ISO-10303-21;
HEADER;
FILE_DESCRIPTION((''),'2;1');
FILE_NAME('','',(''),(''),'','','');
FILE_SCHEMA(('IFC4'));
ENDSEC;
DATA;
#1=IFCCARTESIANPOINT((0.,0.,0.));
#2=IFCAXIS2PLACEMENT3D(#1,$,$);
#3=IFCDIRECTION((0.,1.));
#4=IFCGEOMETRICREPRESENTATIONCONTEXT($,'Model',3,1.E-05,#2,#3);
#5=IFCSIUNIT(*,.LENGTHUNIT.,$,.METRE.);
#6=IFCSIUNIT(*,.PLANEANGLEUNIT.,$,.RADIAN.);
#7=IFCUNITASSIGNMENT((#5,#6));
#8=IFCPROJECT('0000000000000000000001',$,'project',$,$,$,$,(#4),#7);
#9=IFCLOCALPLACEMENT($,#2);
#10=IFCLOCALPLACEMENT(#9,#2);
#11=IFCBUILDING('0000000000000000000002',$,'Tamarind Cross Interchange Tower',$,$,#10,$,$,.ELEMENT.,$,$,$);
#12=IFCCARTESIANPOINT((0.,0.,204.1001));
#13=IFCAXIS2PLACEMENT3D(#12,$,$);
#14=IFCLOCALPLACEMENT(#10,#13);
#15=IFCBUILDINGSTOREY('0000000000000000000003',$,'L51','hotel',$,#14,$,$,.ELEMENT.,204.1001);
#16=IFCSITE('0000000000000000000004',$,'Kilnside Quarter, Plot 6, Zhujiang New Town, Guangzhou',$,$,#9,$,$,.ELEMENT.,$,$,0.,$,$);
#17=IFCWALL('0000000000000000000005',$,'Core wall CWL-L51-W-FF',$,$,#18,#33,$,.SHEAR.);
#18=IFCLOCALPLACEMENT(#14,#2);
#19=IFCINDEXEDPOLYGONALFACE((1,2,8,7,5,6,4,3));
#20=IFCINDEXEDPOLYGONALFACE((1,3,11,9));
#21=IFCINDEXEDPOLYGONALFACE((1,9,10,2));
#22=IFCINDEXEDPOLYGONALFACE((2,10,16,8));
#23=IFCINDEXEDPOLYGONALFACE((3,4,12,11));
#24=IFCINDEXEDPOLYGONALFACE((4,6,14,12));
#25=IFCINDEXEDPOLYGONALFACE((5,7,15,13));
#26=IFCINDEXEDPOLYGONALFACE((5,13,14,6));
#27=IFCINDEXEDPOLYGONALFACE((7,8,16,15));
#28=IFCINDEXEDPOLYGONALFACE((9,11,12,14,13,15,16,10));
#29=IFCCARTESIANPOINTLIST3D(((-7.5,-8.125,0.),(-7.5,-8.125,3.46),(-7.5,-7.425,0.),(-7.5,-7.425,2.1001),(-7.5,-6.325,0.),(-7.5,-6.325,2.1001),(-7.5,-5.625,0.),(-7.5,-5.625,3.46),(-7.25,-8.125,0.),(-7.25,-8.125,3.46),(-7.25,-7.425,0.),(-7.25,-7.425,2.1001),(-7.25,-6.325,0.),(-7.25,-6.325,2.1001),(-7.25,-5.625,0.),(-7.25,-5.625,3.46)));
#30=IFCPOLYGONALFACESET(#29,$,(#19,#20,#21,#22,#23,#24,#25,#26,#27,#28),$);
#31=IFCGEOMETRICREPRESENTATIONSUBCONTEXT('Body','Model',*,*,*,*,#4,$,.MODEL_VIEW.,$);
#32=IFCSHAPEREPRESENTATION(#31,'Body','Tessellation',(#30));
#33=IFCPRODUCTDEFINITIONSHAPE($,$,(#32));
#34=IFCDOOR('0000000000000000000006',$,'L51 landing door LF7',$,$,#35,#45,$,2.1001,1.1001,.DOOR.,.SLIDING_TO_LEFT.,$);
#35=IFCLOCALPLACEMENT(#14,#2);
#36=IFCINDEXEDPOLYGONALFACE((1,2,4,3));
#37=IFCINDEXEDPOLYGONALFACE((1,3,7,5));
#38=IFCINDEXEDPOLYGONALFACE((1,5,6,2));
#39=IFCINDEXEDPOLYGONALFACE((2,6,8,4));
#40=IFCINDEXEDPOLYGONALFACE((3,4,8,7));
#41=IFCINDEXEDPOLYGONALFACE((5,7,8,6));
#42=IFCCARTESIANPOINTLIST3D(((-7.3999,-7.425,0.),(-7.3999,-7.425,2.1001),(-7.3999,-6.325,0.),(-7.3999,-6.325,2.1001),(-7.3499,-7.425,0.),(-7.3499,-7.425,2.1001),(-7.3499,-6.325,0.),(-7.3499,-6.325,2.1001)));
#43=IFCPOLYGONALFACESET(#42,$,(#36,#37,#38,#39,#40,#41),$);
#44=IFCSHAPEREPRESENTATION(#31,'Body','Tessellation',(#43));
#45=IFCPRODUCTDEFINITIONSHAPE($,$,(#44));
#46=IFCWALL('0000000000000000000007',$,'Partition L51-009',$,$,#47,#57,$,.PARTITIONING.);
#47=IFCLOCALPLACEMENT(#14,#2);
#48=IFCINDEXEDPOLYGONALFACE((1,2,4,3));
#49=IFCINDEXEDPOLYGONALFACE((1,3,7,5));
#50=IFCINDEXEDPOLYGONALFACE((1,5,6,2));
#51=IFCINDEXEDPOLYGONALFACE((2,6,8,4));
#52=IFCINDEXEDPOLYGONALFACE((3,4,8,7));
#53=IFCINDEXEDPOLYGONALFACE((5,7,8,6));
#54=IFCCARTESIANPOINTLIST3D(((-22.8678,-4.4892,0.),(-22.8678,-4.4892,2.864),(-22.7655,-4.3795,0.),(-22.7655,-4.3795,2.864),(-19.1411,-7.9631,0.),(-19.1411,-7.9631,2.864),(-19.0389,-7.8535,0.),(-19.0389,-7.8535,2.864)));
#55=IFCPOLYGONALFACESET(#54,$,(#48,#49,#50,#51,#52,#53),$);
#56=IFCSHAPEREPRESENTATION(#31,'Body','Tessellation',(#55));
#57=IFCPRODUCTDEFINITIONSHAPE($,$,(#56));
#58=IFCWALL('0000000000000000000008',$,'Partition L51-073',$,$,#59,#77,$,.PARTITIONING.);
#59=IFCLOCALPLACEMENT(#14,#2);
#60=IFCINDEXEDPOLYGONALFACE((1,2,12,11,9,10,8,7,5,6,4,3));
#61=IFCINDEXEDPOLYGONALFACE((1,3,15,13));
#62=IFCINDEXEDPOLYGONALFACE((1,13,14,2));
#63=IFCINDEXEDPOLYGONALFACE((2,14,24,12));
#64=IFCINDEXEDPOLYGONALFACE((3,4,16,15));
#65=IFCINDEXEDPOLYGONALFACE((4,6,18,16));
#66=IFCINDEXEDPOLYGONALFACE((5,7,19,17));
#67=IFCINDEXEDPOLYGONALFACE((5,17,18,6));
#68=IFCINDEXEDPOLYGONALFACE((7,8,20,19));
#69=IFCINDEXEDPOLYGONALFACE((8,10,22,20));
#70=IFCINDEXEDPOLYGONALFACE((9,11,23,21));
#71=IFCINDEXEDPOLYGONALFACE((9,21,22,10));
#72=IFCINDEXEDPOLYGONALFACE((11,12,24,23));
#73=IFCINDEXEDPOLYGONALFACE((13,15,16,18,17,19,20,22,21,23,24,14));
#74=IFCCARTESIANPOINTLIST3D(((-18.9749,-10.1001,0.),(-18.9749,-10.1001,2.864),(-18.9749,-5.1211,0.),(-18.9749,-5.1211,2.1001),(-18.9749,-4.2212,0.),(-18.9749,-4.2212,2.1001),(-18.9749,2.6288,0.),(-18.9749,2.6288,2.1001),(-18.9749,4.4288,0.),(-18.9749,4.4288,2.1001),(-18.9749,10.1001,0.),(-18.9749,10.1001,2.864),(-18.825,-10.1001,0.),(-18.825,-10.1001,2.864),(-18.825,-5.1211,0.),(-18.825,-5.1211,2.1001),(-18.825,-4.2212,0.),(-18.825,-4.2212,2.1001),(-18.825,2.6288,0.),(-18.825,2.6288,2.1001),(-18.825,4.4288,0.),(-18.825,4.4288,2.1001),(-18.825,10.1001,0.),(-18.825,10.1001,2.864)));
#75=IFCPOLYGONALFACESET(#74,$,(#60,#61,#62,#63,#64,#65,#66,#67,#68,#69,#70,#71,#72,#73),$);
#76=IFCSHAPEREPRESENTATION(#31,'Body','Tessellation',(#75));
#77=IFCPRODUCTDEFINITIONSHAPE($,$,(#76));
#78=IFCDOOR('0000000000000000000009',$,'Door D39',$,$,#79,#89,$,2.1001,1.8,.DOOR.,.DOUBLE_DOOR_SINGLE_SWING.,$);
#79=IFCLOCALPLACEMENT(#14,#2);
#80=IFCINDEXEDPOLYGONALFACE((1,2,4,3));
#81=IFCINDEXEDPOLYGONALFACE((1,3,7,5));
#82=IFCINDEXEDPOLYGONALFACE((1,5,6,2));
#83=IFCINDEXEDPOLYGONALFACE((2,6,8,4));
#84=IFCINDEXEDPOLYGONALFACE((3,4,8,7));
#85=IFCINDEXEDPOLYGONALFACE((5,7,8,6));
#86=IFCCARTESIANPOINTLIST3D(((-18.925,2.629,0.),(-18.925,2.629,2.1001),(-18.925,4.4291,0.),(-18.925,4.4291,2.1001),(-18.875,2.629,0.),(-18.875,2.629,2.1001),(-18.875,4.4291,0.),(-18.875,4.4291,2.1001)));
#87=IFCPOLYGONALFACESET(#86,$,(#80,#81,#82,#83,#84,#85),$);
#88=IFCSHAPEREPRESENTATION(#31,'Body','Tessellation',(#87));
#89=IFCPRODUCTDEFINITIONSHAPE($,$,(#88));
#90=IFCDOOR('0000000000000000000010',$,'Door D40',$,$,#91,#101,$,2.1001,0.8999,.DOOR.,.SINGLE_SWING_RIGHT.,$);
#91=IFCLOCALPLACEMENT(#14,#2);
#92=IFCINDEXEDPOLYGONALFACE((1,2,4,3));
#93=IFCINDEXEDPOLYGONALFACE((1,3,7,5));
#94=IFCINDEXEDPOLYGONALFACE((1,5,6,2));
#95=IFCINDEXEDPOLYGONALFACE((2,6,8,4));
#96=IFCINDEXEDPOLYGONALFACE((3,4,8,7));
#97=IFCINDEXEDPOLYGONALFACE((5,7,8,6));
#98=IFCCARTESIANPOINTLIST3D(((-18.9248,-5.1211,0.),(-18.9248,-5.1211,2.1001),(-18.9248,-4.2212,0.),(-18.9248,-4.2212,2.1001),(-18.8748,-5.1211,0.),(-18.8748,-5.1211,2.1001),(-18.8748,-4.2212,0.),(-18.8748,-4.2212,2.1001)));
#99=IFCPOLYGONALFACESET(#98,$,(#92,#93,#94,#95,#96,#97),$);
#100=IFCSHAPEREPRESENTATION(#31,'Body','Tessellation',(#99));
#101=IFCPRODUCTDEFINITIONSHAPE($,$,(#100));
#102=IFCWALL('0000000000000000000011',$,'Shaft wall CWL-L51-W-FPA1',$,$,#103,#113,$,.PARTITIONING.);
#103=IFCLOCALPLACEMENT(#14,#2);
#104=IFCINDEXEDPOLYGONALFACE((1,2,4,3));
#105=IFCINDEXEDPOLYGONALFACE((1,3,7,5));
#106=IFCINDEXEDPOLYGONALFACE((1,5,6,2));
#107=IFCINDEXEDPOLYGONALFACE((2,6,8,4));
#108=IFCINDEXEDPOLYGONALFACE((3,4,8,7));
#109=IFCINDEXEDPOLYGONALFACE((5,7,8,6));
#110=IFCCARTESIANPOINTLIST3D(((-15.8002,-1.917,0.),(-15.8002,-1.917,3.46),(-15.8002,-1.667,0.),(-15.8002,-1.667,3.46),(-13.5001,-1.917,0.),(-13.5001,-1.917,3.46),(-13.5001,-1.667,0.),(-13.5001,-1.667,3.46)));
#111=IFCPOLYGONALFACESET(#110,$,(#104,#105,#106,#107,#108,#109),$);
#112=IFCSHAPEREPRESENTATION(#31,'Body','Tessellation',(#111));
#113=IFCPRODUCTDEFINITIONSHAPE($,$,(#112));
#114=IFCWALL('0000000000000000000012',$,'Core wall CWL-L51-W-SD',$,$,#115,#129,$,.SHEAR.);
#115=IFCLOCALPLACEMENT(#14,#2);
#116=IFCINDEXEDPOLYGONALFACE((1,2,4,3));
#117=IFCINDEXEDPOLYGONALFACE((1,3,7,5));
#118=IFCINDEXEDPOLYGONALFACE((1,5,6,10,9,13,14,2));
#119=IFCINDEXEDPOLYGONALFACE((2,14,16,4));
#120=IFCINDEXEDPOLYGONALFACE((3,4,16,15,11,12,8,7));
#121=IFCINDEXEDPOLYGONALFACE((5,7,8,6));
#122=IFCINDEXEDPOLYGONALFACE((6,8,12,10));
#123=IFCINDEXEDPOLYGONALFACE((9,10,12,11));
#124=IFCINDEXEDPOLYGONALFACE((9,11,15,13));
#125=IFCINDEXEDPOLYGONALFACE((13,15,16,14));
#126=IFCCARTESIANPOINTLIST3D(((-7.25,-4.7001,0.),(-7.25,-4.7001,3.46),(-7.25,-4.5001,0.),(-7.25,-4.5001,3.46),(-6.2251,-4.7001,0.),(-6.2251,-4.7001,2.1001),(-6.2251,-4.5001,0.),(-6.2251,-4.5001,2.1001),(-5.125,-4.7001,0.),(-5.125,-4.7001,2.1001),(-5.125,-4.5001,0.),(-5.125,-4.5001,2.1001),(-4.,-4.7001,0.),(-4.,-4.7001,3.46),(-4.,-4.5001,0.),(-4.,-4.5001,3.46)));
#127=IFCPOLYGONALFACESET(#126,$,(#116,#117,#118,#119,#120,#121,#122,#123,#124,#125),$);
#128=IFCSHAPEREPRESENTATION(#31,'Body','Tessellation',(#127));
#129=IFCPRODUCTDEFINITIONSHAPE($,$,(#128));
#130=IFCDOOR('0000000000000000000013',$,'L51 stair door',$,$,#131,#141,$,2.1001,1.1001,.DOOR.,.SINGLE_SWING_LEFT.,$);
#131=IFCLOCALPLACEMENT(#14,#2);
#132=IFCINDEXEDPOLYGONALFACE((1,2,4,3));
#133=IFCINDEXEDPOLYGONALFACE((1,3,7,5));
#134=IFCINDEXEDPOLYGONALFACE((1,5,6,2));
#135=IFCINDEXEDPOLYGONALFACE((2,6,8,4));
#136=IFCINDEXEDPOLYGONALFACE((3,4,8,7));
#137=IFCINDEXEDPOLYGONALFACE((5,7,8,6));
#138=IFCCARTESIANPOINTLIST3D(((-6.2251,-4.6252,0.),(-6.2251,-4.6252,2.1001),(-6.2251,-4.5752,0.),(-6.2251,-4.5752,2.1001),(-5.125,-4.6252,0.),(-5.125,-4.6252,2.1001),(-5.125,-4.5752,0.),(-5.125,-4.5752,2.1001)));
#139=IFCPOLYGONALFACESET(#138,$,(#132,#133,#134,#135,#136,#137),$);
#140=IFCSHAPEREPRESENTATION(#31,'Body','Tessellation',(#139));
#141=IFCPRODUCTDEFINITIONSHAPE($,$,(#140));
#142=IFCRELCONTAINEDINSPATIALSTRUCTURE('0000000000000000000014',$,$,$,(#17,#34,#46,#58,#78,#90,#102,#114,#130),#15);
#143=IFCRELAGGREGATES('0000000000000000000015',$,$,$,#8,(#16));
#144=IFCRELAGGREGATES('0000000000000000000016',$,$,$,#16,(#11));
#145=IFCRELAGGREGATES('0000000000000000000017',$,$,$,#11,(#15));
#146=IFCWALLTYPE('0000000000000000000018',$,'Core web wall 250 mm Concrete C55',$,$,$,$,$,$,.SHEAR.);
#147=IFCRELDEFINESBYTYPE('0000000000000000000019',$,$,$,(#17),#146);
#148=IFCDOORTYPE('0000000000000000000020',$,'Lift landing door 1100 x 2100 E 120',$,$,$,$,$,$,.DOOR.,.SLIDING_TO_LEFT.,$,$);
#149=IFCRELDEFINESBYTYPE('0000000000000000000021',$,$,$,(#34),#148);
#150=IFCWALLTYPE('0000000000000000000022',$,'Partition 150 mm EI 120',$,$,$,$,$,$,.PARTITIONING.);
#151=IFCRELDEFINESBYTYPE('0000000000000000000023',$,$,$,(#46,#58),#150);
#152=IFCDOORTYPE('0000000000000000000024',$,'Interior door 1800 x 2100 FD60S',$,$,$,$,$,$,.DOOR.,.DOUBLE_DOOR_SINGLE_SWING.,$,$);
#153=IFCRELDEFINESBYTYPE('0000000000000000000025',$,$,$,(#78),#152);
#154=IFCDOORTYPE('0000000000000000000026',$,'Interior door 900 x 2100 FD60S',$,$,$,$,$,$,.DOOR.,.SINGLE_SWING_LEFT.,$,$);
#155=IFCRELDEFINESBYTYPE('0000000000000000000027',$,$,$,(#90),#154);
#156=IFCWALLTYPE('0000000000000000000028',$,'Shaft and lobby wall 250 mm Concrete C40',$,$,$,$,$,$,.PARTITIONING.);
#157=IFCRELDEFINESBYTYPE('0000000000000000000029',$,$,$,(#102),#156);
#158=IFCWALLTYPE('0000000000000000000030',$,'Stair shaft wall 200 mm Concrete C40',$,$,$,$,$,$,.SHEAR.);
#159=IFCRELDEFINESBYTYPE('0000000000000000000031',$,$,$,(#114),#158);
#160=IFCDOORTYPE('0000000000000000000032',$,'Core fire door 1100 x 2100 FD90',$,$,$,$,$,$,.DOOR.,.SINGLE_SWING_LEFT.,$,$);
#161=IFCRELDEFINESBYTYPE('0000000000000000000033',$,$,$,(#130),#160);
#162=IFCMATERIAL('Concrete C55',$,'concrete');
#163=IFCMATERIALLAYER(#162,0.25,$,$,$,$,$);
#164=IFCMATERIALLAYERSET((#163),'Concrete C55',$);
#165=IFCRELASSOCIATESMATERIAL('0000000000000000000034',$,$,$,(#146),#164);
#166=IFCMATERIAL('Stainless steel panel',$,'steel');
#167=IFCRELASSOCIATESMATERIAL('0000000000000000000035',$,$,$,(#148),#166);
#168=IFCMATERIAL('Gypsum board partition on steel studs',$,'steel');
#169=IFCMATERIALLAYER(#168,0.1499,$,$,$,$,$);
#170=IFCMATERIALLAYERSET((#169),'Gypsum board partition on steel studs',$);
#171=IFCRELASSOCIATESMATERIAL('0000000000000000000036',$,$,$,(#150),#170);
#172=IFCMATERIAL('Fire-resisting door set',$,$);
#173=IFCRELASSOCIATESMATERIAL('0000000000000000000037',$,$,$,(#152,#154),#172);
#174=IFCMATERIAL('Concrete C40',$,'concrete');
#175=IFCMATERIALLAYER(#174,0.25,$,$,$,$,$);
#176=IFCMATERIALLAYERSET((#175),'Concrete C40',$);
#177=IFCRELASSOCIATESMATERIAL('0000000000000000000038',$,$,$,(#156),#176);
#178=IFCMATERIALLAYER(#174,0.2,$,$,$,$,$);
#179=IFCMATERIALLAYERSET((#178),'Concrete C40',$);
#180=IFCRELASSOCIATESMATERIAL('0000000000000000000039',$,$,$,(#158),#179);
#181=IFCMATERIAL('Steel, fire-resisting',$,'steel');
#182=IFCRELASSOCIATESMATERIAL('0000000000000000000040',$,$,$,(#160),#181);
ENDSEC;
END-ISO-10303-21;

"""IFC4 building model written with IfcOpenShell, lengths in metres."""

from ifc_helpers import new_model, si_unit, direction, frame, frame_2d, origin, place, context, subcontext, project, spatial, rectangle, extrude, material, layer, layer_set, type_object, element, fill, save


model = new_model("IFC4")

# Units and contexts
model_context = context("Model", 3, precision=1e-05, world=origin(), true_north=direction((0.0, 1.0)))
body_context = subcontext(model_context, "Body", "Model", "MODEL_VIEW")
ifc_project = project(units=[si_unit("LENGTHUNIT", "METRE"), si_unit("PLANEANGLEUNIT", "RADIAN")], contexts=[model_context])

# Site, building, storey
site_placement = place(None, origin())
site = spatial("IfcSite", under=ifc_project, at=site_placement, Name="Kilnside Quarter, Plot 6, Zhujiang New Town, Guangzhou", CompositionType="ELEMENT", RefElevation=0.0)
building_placement = place(site_placement, origin())
building = spatial("IfcBuilding", under=site, at=building_placement, Name="Tamarind Cross Interchange Tower", CompositionType="ELEMENT")
storey_placement = place(building_placement, frame((0.0, 0.0, 204.1001)))
storey = spatial("IfcBuildingStorey", under=building, at=storey_placement, Name="L51", Description="hotel", CompositionType="ELEMENT", Elevation=204.1001)

# Shared definitions
ifc_material_1 = material(Name="Concrete C55", Category="concrete")

# Shared definitions
ifc_material_2 = material(Name="Steel, fire-resisting", Category="steel")

# Shared definitions
ifc_layer_1 = layer(ifc_material_1, 0.25)
ifc_layer_set_1 = layer_set([ifc_layer_1], Name="Concrete C55")
wall_type_1 = type_object("IfcWallType", Name="Core web wall 250 mm Concrete C55", PredefinedType="SHEAR", material=ifc_layer_set_1)

# Shared definitions
ifc_material_3 = material(Name="Stainless steel panel", Category="steel")
door_type_1 = type_object("IfcDoorType", Name="Lift landing door 1100 x 2100 E 120", OperationType="SLIDING_TO_LEFT", PredefinedType="DOOR", material=ifc_material_3)

# Wall, opening, door
wall_1_placement = place(storey_placement, frame((-7.375, -8.125, 0.0), z_axis=(0.0, 0.0, 1.0), x_axis=(0.0, 1.0, 0.0)))
wall_1 = element("IfcWall", 1, at=wall_1_placement, inside=storey, type_object=wall_type_1, Name="Core wall CWL-L51-W-FF", PredefinedType="SHEAR", context=body_context, shape_type="SweptSolid", body=[
    extrude(rectangle(XDim=2.5, YDim=0.25, at=frame_2d((1.25, 0.0))), origin(), (0.0, 0.0, 1.0), 3.46),
])
opening_1_placement = place(wall_1_placement, frame((0.7, 0.0, 0.0)))
opening_1 = element("IfcOpeningElement", 2, at=opening_1_placement, cuts=wall_1, PredefinedType="OPENING", context=body_context, shape_type="SweptSolid", body=[
    extrude(rectangle(XDim=1.1001, YDim=2.1001, at=frame_2d((0.55, 1.05))), frame((0.0, 0.135, 0.0), z_axis=(0.0, -1.0, 0.0), x_axis=(1.0, 0.0, 0.0)), (0.0, 0.0, 1.0), 0.27),
])
door_1_placement = place(opening_1_placement, origin())
door_1 = element("IfcDoor", 3, at=door_1_placement, inside=storey, type_object=door_type_1, Name="L51 landing door LF7", OperationType="SLIDING_TO_LEFT", OverallHeight=2.1001, OverallWidth=1.1001, PredefinedType="DOOR", context=body_context, shape_type="SweptSolid", body=[
    extrude(rectangle(XDim=1.1001, YDim=2.1001, at=frame_2d((0.55, 1.05))), frame((0.0, 0.0249, 0.0), z_axis=(0.0, -1.0, 0.0), x_axis=(1.0, 0.0, 0.0)), (0.0, 0.0, 1.0), 0.05),
])
fill(opening_1, door_1)

# Wall
ifc_material_4 = material(Name="Gypsum board partition on steel studs", Category="steel")
ifc_layer_2 = layer(ifc_material_4, 0.1499)
ifc_layer_set_2 = layer_set([ifc_layer_2], Name="Gypsum board partition on steel studs")
wall_type_2 = type_object("IfcWallType", Name="Partition 150 mm EI 120", PredefinedType="PARTITIONING", material=ifc_layer_set_2)
wall_2_placement = place(storey_placement, frame((-22.8167, -4.4343, 0.0), z_axis=(0.0, 0.0, 1.0), x_axis=(0.731471, -0.681872, 0.0)))
element("IfcWall", 4, at=wall_2_placement, inside=storey, type_object=wall_type_2, Name="Partition L51-009", PredefinedType="PARTITIONING", context=body_context, shape_type="SweptSolid", body=[
    extrude(rectangle(XDim=5.0947, YDim=0.1499, at=frame_2d((2.5474, 0.0))), origin(), (0.0, 0.0, 1.0), 2.864),
])

# Wall, openings, doors
wall_3_placement = place(storey_placement, frame((-18.8999, -10.1001, 0.0), z_axis=(0.0, 0.0, 1.0), x_axis=(0.0, 1.0, 0.0)))
wall_3 = element("IfcWall", 5, at=wall_3_placement, inside=storey, type_object=wall_type_2, Name="Partition L51-073", PredefinedType="PARTITIONING", context=body_context, shape_type="SweptSolid", body=[
    extrude(rectangle(XDim=20.2002, YDim=0.1499, at=frame_2d((10.1001, 0.0))), origin(), (0.0, 0.0, 1.0), 2.864),
])
opening_2_placement = place(wall_3_placement, frame((12.729, 0.0, 0.0)))
opening_2 = element("IfcOpeningElement", 6, at=opening_2_placement, cuts=wall_3, PredefinedType="OPENING", context=body_context, shape_type="SweptSolid", body=[
    extrude(rectangle(XDim=1.8, YDim=2.1001, at=frame_2d((0.8999, 1.05))), frame((0.0, 0.085, 0.0), z_axis=(0.0, -1.0, 0.0), x_axis=(1.0, 0.0, 0.0)), (0.0, 0.0, 1.0), 0.1699),
])
opening_3_placement = place(wall_3_placement, frame((4.979, 0.0, 0.0)))
opening_3 = element("IfcOpeningElement", 7, at=opening_3_placement, cuts=wall_3, PredefinedType="OPENING", context=body_context, shape_type="SweptSolid", body=[
    extrude(rectangle(XDim=0.8999, YDim=2.1001, at=frame_2d((0.45, 1.05))), frame((0.0, 0.085, 0.0), z_axis=(0.0, -1.0, 0.0), x_axis=(1.0, 0.0, 0.0)), (0.0, 0.0, 1.0), 0.1699),
])
ifc_material_5 = material(Name="Fire-resisting door set")
door_type_2 = type_object("IfcDoorType", Name="Interior door 1800 x 2100 FD60S", OperationType="DOUBLE_DOOR_SINGLE_SWING", PredefinedType="DOOR", material=ifc_material_5)
door_2_placement = place(opening_2_placement, frame((1.8, 0.0, 0.0), z_axis=(0.0, 0.0, 1.0), x_axis=(-1.0, 0.0, 0.0)))
door_2 = element("IfcDoor", 8, at=door_2_placement, inside=storey, type_object=door_type_2, Name="Door D39", OperationType="DOUBLE_DOOR_SINGLE_SWING", OverallHeight=2.1001, OverallWidth=1.8, PredefinedType="DOOR", context=body_context, shape_type="SweptSolid", body=[
    extrude(rectangle(XDim=1.8, YDim=2.1001, at=frame_2d((0.8999, 1.05))), frame((0.0, 0.0249, 0.0), z_axis=(0.0, -1.0, 0.0), x_axis=(1.0, 0.0, 0.0)), (0.0, 0.0, 1.0), 0.05),
])
fill(opening_2, door_2)
door_type_3 = type_object("IfcDoorType", Name="Interior door 900 x 2100 FD60S", OperationType="SINGLE_SWING_LEFT", PredefinedType="DOOR", material=ifc_material_5)
door_3_placement = place(opening_3_placement, origin())
door_3 = element("IfcDoor", 9, at=door_3_placement, inside=storey, type_object=door_type_3, Name="Door D40", OperationType="SINGLE_SWING_RIGHT", OverallHeight=2.1001, OverallWidth=0.8999, PredefinedType="DOOR", context=body_context, shape_type="SweptSolid", body=[
    extrude(rectangle(XDim=0.8999, YDim=2.1001, at=frame_2d((0.45, 1.05))), frame((0.0, 0.0249, 0.0), z_axis=(0.0, -1.0, 0.0), x_axis=(1.0, 0.0, 0.0)), (0.0, 0.0, 1.0), 0.05),
])
fill(opening_3, door_3)

# Wall
ifc_material_6 = material(Name="Concrete C40", Category="concrete")
ifc_layer_3 = layer(ifc_material_6, 0.25)
ifc_layer_set_3 = layer_set([ifc_layer_3], Name="Concrete C40")
wall_type_3 = type_object("IfcWallType", Name="Shaft and lobby wall 250 mm Concrete C40", PredefinedType="PARTITIONING", material=ifc_layer_set_3)
wall_4_placement = place(storey_placement, frame((-15.8, -1.792, 0.0), z_axis=(0.0, 0.0, 1.0), x_axis=(1.0, 0.0, 0.0)))
element("IfcWall", 10, at=wall_4_placement, inside=storey, type_object=wall_type_3, Name="Shaft wall CWL-L51-W-FPA1", PredefinedType="PARTITIONING", context=body_context, shape_type="SweptSolid", body=[
    extrude(rectangle(XDim=2.3, YDim=0.25, at=frame_2d((1.1499, 0.0))), origin(), (0.0, 0.0, 1.0), 3.46),
])

# Wall, opening, door
ifc_layer_4 = layer(ifc_material_6, 0.2)
ifc_layer_set_4 = layer_set([ifc_layer_4], Name="Concrete C40")
wall_type_4 = type_object("IfcWallType", Name="Stair shaft wall 200 mm Concrete C40", PredefinedType="SHEAR", material=ifc_layer_set_4)
wall_5_placement = place(storey_placement, frame((-7.25, -4.6001, 0.0), z_axis=(0.0, 0.0, 1.0), x_axis=(1.0, 0.0, 0.0)))
wall_5 = element("IfcWall", 11, at=wall_5_placement, inside=storey, type_object=wall_type_4, Name="Core wall CWL-L51-W-SD", PredefinedType="SHEAR", context=body_context, shape_type="SweptSolid", body=[
    extrude(rectangle(XDim=3.25, YDim=0.2, at=frame_2d((1.625, 0.0))), origin(), (0.0, 0.0, 1.0), 3.46),
])
opening_4_placement = place(wall_5_placement, frame((1.0249, 0.0, 0.0)))
opening_4 = element("IfcOpeningElement", 12, at=opening_4_placement, cuts=wall_5, PredefinedType="OPENING", context=body_context, shape_type="SweptSolid", body=[
    extrude(rectangle(XDim=1.1001, YDim=2.1001, at=frame_2d((0.55, 1.05))), frame((0.0, 0.1099, 0.0), z_axis=(0.0, -1.0, 0.0), x_axis=(1.0, 0.0, 0.0)), (0.0, 0.0, 1.0), 0.22),
])
door_type_4 = type_object("IfcDoorType", Name="Core fire door 1100 x 2100 FD90", OperationType="SINGLE_SWING_LEFT", PredefinedType="DOOR", material=ifc_material_2)
door_4_placement = place(opening_4_placement, origin())
door_4 = element("IfcDoor", 13, at=door_4_placement, inside=storey, type_object=door_type_4, Name="L51 stair door", OperationType="SINGLE_SWING_LEFT", OverallHeight=2.1001, OverallWidth=1.1001, PredefinedType="DOOR", context=body_context, shape_type="SweptSolid", body=[
    extrude(rectangle(XDim=1.1001, YDim=2.1001, at=frame_2d((0.55, 1.05))), frame((0.0, 0.0249, 0.0), z_axis=(0.0, -1.0, 0.0), x_axis=(1.0, 0.0, 0.0)), (0.0, 0.0, 1.0), 0.05),
])
fill(opening_4, door_4)

save(model, "model.ifc")
